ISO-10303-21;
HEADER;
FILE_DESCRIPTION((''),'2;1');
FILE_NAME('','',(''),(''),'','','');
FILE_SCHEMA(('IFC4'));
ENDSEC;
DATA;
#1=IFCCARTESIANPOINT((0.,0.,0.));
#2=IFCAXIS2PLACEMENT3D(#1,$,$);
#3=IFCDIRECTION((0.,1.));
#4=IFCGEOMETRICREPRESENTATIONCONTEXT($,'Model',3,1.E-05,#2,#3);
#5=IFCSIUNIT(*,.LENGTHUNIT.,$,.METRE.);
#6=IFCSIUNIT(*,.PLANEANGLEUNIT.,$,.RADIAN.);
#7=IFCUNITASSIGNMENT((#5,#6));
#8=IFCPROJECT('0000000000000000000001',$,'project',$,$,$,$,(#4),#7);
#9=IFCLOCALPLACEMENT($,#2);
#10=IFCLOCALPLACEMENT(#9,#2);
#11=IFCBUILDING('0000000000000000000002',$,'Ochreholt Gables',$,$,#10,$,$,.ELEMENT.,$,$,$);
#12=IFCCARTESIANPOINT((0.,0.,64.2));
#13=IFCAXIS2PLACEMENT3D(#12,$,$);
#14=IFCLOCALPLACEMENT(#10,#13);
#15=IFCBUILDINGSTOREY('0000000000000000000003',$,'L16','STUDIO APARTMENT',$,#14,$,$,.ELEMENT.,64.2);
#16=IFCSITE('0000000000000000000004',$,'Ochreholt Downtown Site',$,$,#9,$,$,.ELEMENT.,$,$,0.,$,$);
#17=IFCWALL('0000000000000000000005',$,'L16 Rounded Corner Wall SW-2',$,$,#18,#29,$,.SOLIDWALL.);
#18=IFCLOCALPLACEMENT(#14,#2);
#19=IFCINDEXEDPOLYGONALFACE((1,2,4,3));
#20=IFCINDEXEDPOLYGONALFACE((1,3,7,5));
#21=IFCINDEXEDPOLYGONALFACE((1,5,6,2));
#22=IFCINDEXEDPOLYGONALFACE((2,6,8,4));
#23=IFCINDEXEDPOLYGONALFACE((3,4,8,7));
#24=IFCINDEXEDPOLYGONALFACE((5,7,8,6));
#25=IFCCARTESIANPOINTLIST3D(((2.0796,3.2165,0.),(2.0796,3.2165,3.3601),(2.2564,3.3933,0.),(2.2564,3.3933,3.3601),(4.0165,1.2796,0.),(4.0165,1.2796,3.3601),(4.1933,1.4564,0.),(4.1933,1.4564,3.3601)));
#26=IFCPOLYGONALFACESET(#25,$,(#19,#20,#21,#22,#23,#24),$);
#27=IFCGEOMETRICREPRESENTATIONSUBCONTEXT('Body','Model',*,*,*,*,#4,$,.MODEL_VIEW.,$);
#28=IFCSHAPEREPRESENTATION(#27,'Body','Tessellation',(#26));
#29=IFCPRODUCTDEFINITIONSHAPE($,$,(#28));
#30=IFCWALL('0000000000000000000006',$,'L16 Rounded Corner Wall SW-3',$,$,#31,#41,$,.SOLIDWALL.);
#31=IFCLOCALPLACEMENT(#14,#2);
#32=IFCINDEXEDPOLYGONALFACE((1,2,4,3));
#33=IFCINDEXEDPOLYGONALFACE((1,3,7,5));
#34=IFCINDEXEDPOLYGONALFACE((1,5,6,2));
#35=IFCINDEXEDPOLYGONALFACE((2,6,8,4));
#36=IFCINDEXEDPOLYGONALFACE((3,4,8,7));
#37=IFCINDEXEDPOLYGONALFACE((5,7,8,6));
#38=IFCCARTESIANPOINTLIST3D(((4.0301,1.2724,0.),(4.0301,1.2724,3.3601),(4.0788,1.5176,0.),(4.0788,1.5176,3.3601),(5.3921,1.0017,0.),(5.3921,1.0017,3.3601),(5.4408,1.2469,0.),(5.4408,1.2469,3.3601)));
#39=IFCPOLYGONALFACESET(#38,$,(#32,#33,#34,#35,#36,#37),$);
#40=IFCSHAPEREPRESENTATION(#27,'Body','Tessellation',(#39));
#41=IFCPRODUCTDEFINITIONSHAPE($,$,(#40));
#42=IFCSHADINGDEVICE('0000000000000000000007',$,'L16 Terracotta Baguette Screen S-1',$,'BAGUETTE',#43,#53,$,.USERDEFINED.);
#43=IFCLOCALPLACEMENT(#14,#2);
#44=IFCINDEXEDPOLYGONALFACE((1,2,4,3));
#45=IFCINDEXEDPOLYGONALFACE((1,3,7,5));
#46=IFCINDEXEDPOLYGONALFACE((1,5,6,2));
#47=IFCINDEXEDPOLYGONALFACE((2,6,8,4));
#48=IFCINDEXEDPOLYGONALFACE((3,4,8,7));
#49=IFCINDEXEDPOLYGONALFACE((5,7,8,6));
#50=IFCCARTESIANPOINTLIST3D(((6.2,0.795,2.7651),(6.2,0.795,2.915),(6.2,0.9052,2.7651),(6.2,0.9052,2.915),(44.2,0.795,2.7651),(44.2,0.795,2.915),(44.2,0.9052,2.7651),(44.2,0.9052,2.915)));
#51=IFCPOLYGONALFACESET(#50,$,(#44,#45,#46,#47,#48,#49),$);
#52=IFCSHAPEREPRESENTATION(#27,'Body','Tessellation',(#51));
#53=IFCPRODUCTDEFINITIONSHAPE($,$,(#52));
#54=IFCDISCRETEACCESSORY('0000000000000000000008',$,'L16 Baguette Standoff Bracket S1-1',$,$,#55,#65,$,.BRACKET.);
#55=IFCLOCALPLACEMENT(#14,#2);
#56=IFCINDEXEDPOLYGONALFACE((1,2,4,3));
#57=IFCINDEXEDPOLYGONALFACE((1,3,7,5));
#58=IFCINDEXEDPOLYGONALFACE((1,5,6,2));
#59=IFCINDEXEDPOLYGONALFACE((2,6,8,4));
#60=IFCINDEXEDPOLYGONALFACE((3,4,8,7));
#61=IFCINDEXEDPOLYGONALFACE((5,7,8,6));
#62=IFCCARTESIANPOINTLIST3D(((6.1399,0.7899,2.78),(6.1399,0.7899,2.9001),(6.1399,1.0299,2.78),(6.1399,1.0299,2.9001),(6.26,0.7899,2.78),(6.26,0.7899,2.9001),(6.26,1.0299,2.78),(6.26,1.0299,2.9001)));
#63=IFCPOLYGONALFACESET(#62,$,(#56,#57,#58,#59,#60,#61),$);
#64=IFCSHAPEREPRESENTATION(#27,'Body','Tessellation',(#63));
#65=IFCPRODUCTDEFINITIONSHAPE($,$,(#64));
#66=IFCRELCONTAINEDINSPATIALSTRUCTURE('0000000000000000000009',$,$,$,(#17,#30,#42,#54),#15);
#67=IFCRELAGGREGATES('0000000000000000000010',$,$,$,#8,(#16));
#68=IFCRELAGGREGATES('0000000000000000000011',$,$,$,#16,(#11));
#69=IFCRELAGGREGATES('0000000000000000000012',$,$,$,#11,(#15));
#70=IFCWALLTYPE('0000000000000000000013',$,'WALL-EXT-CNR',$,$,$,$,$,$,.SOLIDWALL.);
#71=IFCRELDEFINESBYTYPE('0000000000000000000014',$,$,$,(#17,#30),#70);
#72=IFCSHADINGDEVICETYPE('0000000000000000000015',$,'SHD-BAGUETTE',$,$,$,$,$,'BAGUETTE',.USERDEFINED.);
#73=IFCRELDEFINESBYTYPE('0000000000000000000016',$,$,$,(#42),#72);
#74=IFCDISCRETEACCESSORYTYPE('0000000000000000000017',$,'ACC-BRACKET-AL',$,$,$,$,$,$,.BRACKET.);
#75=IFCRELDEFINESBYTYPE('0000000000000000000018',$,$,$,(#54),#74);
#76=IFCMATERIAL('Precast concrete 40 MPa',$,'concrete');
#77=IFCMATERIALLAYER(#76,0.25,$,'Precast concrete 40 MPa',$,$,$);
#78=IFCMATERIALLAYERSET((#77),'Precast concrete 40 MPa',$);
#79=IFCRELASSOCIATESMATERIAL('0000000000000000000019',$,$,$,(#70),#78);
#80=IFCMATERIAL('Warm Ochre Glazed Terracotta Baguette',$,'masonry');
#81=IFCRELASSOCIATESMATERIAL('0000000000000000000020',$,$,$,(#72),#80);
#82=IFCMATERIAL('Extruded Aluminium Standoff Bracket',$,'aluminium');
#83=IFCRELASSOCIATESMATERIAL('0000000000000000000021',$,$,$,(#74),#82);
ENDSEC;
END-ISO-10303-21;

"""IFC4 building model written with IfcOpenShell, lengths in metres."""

from ifc_helpers import new_model, si_unit, direction, frame, frame_2d, origin, origin_2d, place, context, subcontext, project, spatial, rectangle, extrude, material, layer, layer_set, material_profile, profile_set, type_object, element, save


model = new_model("IFC4")

# Units and contexts
model_context = context("Model", 3, precision=1e-05, world=origin(), true_north=direction((0.0, 1.0)))
body_context = subcontext(model_context, "Body", "Model", "MODEL_VIEW")
ifc_project = project(units=[si_unit("LENGTHUNIT", "METRE"), si_unit("PLANEANGLEUNIT", "RADIAN")], contexts=[model_context])

# Site, building, storey
site_placement = place(None, origin())
site = spatial("IfcSite", under=ifc_project, at=site_placement, Name="Ochreholt Downtown Site", CompositionType="ELEMENT", RefElevation=0.0)
building_placement = place(site_placement, origin())
building = spatial("IfcBuilding", under=site, at=building_placement, Name="Ochreholt Gables", CompositionType="ELEMENT")
storey_placement = place(building_placement, frame((0.0, 0.0, 64.2)))
storey = spatial("IfcBuildingStorey", under=building, at=storey_placement, Name="L16", Description="STUDIO APARTMENT", CompositionType="ELEMENT", Elevation=64.2)

# Shared definitions
ifc_material_1 = material(Name="Precast concrete 40 MPa", Category="concrete")

# Walls
ifc_layer_1 = layer(ifc_material_1, 0.25, Name="Precast concrete 40 MPa")
ifc_layer_set_1 = layer_set([ifc_layer_1], Name="Precast concrete 40 MPa")
wall_type_1 = type_object("IfcWallType", Name="WALL-EXT-CNR", PredefinedType="SOLIDWALL", material=ifc_layer_set_1)
wall_1_placement = place(storey_placement, frame((2.168, 3.3049, 0.0), z_axis=(0.0, 0.0, 1.0), x_axis=(0.707107, -0.707107, 0.0)))
element("IfcWall", 1, at=wall_1_placement, inside=storey, type_object=wall_type_1, Name="L16 Rounded Corner Wall SW-2", PredefinedType="SOLIDWALL", context=body_context, shape_type="SweptSolid", body=[
    extrude(rectangle(XDim=2.7393, YDim=0.25, at=frame_2d((1.3696, 0.0))), origin(), (0.0, 0.0, 1.0), 3.3601),
])
wall_2_placement = place(storey_placement, frame((4.0544, 1.395, 0.0), z_axis=(0.0, 0.0, 1.0), x_axis=(0.98081, -0.194967, 0.0)))
element("IfcWall", 2, at=wall_2_placement, inside=storey, type_object=wall_type_1, Name="L16 Rounded Corner Wall SW-3", PredefinedType="SOLIDWALL", context=body_context, shape_type="SweptSolid", body=[
    extrude(rectangle(XDim=1.3887, YDim=0.25, at=frame_2d((0.6943, 0.0))), origin(), (0.0, 0.0, 1.0), 3.3601),
])

# Shading device
ifc_material_2 = material(Name="Warm Ochre Glazed Terracotta Baguette", Category="masonry")
ifc_material_profile_1 = material_profile(ifc_material_2, rectangle(XDim=0.1101, YDim=0.1499, at=origin_2d()), Name="TCBAG110X150")
ifc_profile_set_1 = profile_set([ifc_material_profile_1], Name="Warm Ochre Glazed Terracotta Baguette")
shading_device_type = type_object("IfcShadingDeviceType", Name="SHD-BAGUETTE", ElementType="BAGUETTE", PredefinedType="USERDEFINED", material=ifc_profile_set_1)
shading_device_placement = place(storey_placement, frame((6.2, 0.8501, 2.8401), z_axis=(1.0, 0.0, 0.0), x_axis=(0.0, 1.0, 0.0)))
element("IfcShadingDevice", 3, at=shading_device_placement, inside=storey, type_object=shading_device_type, Name="L16 Terracotta Baguette Screen S-1", ObjectType="BAGUETTE", PredefinedType="USERDEFINED", context=body_context, shape_type="SweptSolid", body=[
    extrude(rectangle(XDim=0.1101, YDim=0.1499, at=origin_2d()), origin(), (0.0, 0.0, 1.0), 38.0),
])

# Discrete accessory
ifc_material_3 = material(Name="Extruded Aluminium Standoff Bracket", Category="aluminium")
discrete_accessory_type = type_object("IfcDiscreteAccessoryType", Name="ACC-BRACKET-AL", PredefinedType="BRACKET", material=ifc_material_3)
discrete_accessory_placement = place(storey_placement, frame((6.2, 0.9099, 2.78), z_axis=(0.0, 0.0, 1.0), x_axis=(1.0, 0.0, 0.0)))
element("IfcDiscreteAccessory", 4, at=discrete_accessory_placement, inside=storey, type_object=discrete_accessory_type, Name="L16 Baguette Standoff Bracket S1-1", PredefinedType="BRACKET", context=body_context, shape_type="SweptSolid", body=[
    extrude(rectangle(XDim=0.1201, YDim=0.24, at=origin_2d()), origin(), (0.0, 0.0, 1.0), 0.1201),
])

save(model, "model.ifc")
